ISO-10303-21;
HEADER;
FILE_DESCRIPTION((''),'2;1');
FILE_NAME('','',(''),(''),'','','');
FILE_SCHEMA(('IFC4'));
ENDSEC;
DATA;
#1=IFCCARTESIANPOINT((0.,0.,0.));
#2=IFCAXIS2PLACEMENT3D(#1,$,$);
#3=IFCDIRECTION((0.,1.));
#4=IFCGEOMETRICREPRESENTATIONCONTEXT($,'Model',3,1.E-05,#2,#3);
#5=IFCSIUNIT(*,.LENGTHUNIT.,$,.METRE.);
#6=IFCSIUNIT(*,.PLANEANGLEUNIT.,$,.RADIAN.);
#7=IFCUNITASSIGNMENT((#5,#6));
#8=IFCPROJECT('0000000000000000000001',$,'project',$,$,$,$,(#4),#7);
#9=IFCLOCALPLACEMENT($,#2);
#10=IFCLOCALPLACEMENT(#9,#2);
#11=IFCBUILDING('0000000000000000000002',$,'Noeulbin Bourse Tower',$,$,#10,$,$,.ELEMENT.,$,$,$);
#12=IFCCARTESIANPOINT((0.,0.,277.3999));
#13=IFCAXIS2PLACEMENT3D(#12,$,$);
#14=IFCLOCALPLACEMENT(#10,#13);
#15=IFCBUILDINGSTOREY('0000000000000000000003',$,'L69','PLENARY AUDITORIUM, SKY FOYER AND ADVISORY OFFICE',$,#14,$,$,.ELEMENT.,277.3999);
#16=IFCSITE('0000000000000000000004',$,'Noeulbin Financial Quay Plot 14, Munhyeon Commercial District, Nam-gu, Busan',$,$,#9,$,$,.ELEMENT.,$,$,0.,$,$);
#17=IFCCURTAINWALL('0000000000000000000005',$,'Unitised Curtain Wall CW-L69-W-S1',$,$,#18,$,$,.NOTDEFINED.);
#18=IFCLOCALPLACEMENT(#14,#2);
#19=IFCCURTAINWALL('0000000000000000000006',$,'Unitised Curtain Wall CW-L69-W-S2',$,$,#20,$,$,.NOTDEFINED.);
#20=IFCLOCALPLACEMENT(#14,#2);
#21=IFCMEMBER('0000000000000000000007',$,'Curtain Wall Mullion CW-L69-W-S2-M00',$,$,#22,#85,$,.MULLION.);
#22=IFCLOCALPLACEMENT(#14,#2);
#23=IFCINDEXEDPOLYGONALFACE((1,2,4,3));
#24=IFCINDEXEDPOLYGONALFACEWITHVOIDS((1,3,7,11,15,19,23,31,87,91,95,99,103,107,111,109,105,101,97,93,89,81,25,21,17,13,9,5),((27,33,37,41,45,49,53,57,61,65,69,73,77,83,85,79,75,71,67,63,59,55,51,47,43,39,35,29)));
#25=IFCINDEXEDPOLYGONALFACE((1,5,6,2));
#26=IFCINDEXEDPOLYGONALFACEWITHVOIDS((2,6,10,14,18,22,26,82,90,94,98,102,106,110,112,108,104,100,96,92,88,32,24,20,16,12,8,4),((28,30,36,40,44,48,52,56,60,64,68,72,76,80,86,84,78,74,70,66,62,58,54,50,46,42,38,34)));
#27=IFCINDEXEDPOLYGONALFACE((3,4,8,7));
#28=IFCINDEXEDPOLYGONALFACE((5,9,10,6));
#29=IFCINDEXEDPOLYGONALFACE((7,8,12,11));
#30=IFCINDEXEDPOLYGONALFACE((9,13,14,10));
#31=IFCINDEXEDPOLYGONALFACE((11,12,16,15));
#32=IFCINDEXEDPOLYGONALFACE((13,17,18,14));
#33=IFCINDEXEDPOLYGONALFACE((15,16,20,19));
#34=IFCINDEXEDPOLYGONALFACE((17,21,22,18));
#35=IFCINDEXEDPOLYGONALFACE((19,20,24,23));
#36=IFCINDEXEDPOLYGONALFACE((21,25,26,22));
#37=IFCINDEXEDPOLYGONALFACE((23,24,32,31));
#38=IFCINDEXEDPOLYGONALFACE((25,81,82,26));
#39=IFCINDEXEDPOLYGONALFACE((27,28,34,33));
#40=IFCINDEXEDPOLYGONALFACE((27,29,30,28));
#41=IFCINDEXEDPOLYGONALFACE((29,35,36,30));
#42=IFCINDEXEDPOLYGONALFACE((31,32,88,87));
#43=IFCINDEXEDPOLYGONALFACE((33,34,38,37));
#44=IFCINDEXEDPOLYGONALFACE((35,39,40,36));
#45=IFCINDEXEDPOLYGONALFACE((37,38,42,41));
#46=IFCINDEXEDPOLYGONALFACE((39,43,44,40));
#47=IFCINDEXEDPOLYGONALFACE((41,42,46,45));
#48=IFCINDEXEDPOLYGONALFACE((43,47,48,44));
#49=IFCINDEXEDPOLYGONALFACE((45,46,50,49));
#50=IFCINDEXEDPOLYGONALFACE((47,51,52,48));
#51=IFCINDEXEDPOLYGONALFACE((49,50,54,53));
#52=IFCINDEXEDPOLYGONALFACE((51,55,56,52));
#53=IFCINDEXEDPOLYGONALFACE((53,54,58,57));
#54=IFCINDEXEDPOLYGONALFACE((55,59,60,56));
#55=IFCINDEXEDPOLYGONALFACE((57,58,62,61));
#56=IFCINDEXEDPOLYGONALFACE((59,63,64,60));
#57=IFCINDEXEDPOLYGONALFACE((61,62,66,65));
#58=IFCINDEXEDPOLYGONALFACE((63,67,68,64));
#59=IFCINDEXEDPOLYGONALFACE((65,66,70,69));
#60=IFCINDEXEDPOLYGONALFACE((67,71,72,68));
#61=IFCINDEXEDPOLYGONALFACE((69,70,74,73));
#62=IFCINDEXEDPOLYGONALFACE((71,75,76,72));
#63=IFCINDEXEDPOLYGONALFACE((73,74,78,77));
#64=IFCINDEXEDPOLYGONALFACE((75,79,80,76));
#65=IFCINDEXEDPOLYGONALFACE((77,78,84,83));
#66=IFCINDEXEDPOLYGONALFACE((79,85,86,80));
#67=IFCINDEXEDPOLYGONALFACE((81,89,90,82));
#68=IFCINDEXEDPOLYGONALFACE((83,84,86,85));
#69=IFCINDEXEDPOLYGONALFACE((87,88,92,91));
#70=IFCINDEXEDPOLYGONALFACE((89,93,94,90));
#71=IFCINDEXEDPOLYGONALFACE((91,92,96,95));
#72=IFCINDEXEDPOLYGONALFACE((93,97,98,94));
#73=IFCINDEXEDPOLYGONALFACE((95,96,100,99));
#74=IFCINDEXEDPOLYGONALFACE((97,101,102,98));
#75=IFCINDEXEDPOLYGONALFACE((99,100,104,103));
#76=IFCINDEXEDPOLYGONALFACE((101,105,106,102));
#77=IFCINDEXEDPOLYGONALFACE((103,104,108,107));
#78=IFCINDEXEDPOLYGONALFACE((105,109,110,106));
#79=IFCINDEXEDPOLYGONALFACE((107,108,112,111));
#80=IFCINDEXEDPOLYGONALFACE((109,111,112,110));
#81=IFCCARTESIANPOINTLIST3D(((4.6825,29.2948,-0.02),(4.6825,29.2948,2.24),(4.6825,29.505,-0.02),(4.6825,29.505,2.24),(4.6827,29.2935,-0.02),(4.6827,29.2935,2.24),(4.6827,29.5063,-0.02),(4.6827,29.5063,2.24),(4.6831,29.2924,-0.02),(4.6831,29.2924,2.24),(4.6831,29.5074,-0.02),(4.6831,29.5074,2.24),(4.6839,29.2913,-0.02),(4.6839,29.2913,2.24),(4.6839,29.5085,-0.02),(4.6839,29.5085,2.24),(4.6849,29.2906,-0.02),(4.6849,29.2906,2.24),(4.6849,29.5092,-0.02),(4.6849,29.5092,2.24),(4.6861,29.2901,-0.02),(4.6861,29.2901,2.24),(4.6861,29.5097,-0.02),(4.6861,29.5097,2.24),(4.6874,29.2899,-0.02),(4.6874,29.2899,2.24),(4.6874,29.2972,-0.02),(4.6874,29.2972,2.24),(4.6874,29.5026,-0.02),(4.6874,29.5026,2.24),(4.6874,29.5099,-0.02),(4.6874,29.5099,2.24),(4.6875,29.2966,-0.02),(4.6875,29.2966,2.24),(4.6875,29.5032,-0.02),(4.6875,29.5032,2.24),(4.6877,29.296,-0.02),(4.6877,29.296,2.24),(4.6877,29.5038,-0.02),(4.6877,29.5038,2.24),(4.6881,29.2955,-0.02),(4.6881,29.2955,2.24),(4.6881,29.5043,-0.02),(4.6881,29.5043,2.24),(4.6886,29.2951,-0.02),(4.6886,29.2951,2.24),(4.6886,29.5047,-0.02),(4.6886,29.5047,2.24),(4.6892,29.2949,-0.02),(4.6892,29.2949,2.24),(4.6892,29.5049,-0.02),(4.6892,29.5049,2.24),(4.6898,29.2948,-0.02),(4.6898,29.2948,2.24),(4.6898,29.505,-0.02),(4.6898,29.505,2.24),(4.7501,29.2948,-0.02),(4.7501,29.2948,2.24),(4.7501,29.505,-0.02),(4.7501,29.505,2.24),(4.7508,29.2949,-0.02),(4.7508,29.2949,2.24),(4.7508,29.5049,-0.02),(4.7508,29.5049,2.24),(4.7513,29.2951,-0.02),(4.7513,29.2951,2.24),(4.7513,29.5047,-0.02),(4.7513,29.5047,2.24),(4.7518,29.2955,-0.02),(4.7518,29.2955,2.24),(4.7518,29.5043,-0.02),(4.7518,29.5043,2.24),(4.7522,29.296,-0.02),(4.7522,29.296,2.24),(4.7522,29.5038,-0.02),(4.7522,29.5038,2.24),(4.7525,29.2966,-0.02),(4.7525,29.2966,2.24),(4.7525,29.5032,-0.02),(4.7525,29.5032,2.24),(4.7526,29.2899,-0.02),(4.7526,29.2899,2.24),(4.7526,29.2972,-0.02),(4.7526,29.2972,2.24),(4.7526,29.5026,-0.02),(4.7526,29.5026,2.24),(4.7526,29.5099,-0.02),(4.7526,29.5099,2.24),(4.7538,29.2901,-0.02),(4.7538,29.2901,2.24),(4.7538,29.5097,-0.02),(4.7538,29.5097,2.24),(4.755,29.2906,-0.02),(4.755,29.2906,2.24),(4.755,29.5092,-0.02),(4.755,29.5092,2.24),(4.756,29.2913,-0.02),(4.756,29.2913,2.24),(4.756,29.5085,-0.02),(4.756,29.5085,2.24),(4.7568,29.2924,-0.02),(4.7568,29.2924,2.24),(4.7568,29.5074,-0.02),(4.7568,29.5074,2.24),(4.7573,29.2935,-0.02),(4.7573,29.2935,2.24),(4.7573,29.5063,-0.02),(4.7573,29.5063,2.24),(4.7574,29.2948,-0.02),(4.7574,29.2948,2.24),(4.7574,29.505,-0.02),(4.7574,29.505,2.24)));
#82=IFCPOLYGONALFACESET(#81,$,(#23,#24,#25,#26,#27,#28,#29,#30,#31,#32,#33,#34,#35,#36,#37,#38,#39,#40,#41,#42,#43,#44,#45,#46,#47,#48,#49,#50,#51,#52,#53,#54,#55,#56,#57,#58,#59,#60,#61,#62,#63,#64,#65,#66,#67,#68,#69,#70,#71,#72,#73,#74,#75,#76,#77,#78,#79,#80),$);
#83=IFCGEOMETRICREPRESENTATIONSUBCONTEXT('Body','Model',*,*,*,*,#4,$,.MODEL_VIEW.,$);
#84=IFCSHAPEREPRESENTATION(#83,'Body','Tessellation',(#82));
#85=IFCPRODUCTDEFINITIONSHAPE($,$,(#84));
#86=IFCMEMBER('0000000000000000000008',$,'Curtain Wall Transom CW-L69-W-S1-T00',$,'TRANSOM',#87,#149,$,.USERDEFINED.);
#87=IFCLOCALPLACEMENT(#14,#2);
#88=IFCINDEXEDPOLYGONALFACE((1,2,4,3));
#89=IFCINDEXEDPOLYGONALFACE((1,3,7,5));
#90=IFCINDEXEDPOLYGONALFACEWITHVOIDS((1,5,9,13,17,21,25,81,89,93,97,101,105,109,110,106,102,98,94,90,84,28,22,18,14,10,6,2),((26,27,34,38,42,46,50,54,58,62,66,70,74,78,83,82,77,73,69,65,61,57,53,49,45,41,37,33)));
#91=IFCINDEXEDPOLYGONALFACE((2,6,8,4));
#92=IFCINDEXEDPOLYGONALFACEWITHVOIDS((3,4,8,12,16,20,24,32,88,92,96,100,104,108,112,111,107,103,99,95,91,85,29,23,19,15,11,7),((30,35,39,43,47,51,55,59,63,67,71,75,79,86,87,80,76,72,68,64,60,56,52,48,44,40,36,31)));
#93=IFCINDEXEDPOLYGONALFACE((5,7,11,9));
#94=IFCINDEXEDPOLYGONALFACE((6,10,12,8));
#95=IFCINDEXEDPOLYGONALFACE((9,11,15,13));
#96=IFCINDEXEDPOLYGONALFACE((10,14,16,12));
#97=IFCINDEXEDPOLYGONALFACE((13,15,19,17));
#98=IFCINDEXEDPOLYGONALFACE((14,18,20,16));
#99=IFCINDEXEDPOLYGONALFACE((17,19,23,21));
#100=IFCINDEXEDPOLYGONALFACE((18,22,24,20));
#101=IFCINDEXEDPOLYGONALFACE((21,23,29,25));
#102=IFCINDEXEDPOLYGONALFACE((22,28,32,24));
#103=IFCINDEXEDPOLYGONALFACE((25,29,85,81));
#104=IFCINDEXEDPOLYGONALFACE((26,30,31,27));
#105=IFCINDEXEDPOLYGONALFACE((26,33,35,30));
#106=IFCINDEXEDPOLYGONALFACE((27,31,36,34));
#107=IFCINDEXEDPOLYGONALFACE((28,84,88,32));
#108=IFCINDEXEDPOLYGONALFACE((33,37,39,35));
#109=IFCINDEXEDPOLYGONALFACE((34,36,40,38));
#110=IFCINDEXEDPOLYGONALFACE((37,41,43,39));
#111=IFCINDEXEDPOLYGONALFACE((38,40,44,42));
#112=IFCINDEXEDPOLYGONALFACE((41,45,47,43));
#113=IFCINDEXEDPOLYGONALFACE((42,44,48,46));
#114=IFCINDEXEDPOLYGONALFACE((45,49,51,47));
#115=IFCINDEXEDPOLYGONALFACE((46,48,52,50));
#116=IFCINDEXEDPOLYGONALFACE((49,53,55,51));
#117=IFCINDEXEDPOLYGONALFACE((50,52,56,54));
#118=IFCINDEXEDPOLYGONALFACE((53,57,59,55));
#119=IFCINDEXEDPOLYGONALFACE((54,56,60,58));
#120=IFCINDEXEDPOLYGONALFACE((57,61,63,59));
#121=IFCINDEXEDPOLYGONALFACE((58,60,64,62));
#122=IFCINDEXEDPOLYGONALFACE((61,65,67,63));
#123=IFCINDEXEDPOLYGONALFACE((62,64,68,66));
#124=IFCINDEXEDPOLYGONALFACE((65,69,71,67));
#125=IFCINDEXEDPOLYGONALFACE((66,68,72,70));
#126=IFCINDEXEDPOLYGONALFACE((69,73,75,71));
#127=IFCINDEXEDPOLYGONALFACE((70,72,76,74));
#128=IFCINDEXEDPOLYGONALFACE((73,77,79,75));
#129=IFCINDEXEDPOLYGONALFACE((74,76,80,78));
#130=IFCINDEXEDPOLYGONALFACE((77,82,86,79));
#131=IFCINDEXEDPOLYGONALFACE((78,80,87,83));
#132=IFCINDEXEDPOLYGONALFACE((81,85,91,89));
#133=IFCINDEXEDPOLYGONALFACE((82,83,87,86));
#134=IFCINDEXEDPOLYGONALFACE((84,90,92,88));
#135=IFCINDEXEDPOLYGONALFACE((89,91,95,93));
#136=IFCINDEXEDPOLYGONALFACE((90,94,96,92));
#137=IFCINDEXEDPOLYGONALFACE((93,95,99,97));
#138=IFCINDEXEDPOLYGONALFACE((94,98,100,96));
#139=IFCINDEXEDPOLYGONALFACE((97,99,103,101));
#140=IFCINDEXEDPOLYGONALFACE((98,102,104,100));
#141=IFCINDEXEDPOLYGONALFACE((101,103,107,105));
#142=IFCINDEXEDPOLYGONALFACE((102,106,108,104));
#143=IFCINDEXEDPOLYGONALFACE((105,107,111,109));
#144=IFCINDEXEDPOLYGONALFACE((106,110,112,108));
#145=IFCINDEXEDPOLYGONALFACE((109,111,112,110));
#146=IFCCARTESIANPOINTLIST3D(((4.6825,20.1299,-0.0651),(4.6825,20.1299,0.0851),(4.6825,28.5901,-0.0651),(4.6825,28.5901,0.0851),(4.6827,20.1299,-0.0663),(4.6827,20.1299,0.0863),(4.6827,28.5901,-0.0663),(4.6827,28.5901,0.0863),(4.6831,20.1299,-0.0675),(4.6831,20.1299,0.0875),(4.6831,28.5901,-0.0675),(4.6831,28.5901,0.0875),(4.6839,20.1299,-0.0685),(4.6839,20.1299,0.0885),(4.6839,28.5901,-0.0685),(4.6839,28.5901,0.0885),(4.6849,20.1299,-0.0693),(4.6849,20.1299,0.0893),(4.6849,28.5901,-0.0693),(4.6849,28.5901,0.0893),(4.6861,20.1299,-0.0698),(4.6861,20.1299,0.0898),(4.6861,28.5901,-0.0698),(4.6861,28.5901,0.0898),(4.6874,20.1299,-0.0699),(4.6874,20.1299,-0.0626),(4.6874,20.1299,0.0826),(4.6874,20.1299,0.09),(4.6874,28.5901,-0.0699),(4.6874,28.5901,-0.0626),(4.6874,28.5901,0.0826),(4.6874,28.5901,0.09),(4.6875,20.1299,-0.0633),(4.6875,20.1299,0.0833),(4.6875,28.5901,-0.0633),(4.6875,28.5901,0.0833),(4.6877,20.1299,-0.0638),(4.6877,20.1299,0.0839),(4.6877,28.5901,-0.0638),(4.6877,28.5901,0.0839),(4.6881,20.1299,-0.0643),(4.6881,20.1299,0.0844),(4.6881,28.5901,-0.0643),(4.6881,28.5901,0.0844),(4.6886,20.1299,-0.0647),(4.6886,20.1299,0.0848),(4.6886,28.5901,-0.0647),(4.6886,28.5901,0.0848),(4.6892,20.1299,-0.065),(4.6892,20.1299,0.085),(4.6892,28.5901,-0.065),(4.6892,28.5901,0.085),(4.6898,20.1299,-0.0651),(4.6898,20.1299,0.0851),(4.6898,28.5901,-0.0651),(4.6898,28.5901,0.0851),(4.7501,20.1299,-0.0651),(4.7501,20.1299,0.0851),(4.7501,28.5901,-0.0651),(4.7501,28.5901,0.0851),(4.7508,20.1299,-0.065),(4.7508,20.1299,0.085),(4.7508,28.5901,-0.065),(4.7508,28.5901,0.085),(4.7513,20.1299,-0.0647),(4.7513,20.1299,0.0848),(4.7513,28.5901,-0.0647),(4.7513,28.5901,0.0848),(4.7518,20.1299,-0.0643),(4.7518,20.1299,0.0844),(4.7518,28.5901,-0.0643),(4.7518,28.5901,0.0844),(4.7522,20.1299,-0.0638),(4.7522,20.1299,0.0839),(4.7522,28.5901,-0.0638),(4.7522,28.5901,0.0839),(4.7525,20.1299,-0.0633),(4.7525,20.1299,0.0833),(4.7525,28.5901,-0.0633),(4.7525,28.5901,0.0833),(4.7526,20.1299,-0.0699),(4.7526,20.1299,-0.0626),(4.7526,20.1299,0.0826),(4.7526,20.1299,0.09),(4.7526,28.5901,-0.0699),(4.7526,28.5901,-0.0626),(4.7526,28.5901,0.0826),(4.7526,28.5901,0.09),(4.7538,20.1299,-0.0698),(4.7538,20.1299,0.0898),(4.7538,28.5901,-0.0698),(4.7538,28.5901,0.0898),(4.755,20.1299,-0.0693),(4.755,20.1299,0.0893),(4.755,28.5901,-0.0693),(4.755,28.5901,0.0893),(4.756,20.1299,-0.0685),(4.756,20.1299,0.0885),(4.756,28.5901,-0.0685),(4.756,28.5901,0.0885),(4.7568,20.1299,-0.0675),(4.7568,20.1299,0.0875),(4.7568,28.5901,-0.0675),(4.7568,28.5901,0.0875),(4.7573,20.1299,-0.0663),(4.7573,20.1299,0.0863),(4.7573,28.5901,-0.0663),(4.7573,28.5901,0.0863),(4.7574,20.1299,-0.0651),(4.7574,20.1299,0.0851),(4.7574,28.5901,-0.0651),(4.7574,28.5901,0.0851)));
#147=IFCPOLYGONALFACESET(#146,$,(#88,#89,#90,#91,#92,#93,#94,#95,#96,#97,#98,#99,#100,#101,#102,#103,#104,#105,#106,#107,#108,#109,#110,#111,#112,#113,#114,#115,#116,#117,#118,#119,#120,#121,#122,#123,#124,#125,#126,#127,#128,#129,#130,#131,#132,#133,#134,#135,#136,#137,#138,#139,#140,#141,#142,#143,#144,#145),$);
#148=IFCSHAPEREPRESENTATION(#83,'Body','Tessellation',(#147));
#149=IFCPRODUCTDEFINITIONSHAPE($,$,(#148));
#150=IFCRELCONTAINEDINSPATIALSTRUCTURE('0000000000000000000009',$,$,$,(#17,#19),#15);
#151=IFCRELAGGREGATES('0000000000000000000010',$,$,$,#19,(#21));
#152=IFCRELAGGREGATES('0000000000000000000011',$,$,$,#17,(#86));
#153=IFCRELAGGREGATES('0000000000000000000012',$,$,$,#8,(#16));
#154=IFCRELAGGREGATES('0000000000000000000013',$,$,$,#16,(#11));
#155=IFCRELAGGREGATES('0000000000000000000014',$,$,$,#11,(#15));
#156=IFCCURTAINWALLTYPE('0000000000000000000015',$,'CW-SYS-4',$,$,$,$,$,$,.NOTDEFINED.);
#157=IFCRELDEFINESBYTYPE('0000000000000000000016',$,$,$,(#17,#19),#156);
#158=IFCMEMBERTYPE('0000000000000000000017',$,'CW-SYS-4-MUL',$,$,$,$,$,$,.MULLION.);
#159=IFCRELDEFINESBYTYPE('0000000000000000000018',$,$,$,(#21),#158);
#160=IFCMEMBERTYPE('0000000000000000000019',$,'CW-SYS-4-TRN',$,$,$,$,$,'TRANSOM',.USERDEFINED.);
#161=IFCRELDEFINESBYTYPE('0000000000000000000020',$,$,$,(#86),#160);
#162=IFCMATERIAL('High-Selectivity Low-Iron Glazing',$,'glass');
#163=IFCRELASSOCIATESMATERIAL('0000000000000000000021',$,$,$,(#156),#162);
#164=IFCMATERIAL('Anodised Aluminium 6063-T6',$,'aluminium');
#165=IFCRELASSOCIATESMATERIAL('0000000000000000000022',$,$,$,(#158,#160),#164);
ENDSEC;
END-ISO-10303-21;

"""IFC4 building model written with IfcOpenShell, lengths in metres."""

from ifc_helpers import new_model, si_unit, direction, frame, origin, origin_2d, place, context, subcontext, project, spatial, hollow_rectangle, extrude, material, material_profile, profile_set, type_object, element, aggregate, save


model = new_model("IFC4")

# Units and contexts
model_context = context("Model", 3, precision=1e-05, world=origin(), true_north=direction((0.0, 1.0)))
body_context = subcontext(model_context, "Body", "Model", "MODEL_VIEW")
ifc_project = project(units=[si_unit("LENGTHUNIT", "METRE"), si_unit("PLANEANGLEUNIT", "RADIAN")], contexts=[model_context])

# Site, building, storey
site_placement = place(None, origin())
site = spatial("IfcSite", under=ifc_project, at=site_placement, Name="Noeulbin Financial Quay Plot 14, Munhyeon Commercial District, Nam-gu, Busan", CompositionType="ELEMENT", RefElevation=0.0)
building_placement = place(site_placement, origin())
building = spatial("IfcBuilding", under=site, at=building_placement, Name="Noeulbin Bourse Tower", CompositionType="ELEMENT")
storey_placement = place(building_placement, frame((0.0, 0.0, 277.3999)))
storey = spatial("IfcBuildingStorey", under=building, at=storey_placement, Name="L69", Description="PLENARY AUDITORIUM, SKY FOYER AND ADVISORY OFFICE", CompositionType="ELEMENT", Elevation=277.3999)

# Curtain wall
ifc_material_1 = material(Name="High-Selectivity Low-Iron Glazing", Category="glass")
curtain_wall_type = type_object("IfcCurtainWallType", Name="CW-SYS-4", PredefinedType="NOTDEFINED", material=ifc_material_1)
curtain_wall_1_placement = place(storey_placement, origin())
curtain_wall_1 = element("IfcCurtainWall", 1, at=curtain_wall_1_placement, inside=storey, type_object=curtain_wall_type, Name="Unitised Curtain Wall CW-L69-W-S1", PredefinedType="NOTDEFINED")
ifc_material_2 = material(Name="Anodised Aluminium 6063-T6", Category="aluminium")
ifc_material_profile_1 = material_profile(ifc_material_2, hollow_rectangle(XDim=0.075, YDim=0.22, WallThickness=0.0049, InnerFilletRadius=0.0024, OuterFilletRadius=0.0049, at=origin_2d()), Name="ALU-MULL-75x220x5", Category="LoadBearing")
ifc_profile_set_1 = profile_set([ifc_material_profile_1], Name="Anodised Aluminium 6063-T6")
member_type_1 = type_object("IfcMemberType", Name="CW-SYS-4-MUL", PredefinedType="MULLION", material=ifc_profile_set_1)

# Curtain wall, member
curtain_wall_2_placement = place(storey_placement, origin())
curtain_wall_2 = element("IfcCurtainWall", 2, at=curtain_wall_2_placement, inside=storey, type_object=curtain_wall_type, Name="Unitised Curtain Wall CW-L69-W-S2", PredefinedType="NOTDEFINED")
member_1_placement = place(storey_placement, frame((4.72, 29.3999, -0.02), z_axis=(0.0, 0.0, 1.0), x_axis=(1.0, 0.0, 0.0)))
member_1 = element("IfcMember", 3, at=member_1_placement, type_object=member_type_1, Name="Curtain Wall Mullion CW-L69-W-S2-M00", PredefinedType="MULLION", context=body_context, shape_type="SweptSolid", body=[
    extrude(hollow_rectangle(XDim=0.075, YDim=0.22, WallThickness=0.0049, InnerFilletRadius=0.0024, OuterFilletRadius=0.0049, at=origin_2d()), origin(), (0.0, 0.0, 1.0), 2.26),
])

# Member
ifc_material_profile_2 = material_profile(ifc_material_2, hollow_rectangle(XDim=0.075, YDim=0.1599, WallThickness=0.0049, InnerFilletRadius=0.0024, OuterFilletRadius=0.0049, at=origin_2d()), Name="ALU-TRAN-75x160x5", Category="LoadBearing")
ifc_profile_set_2 = profile_set([ifc_material_profile_2], Name="Anodised Aluminium 6063-T6")
member_type_2 = type_object("IfcMemberType", Name="CW-SYS-4-TRN", ElementType="TRANSOM", PredefinedType="USERDEFINED", material=ifc_profile_set_2)
member_2_placement = place(storey_placement, frame((4.72, 20.1299, 0.01), z_axis=(0.0, 1.0, 0.0), x_axis=(-1.0, 0.0, 0.0)))
member_2 = element("IfcMember", 4, at=member_2_placement, type_object=member_type_2, Name="Curtain Wall Transom CW-L69-W-S1-T00", ObjectType="TRANSOM", PredefinedType="USERDEFINED", context=body_context, shape_type="SweptSolid", body=[
    extrude(hollow_rectangle(XDim=0.075, YDim=0.1599, WallThickness=0.0049, InnerFilletRadius=0.0024, OuterFilletRadius=0.0049, at=origin_2d()), origin(), (0.0, 0.0, 1.0), 8.4602),
])
aggregate(curtain_wall_2, [member_1])

aggregate(curtain_wall_1, [member_2])

save(model, "model.ifc")
